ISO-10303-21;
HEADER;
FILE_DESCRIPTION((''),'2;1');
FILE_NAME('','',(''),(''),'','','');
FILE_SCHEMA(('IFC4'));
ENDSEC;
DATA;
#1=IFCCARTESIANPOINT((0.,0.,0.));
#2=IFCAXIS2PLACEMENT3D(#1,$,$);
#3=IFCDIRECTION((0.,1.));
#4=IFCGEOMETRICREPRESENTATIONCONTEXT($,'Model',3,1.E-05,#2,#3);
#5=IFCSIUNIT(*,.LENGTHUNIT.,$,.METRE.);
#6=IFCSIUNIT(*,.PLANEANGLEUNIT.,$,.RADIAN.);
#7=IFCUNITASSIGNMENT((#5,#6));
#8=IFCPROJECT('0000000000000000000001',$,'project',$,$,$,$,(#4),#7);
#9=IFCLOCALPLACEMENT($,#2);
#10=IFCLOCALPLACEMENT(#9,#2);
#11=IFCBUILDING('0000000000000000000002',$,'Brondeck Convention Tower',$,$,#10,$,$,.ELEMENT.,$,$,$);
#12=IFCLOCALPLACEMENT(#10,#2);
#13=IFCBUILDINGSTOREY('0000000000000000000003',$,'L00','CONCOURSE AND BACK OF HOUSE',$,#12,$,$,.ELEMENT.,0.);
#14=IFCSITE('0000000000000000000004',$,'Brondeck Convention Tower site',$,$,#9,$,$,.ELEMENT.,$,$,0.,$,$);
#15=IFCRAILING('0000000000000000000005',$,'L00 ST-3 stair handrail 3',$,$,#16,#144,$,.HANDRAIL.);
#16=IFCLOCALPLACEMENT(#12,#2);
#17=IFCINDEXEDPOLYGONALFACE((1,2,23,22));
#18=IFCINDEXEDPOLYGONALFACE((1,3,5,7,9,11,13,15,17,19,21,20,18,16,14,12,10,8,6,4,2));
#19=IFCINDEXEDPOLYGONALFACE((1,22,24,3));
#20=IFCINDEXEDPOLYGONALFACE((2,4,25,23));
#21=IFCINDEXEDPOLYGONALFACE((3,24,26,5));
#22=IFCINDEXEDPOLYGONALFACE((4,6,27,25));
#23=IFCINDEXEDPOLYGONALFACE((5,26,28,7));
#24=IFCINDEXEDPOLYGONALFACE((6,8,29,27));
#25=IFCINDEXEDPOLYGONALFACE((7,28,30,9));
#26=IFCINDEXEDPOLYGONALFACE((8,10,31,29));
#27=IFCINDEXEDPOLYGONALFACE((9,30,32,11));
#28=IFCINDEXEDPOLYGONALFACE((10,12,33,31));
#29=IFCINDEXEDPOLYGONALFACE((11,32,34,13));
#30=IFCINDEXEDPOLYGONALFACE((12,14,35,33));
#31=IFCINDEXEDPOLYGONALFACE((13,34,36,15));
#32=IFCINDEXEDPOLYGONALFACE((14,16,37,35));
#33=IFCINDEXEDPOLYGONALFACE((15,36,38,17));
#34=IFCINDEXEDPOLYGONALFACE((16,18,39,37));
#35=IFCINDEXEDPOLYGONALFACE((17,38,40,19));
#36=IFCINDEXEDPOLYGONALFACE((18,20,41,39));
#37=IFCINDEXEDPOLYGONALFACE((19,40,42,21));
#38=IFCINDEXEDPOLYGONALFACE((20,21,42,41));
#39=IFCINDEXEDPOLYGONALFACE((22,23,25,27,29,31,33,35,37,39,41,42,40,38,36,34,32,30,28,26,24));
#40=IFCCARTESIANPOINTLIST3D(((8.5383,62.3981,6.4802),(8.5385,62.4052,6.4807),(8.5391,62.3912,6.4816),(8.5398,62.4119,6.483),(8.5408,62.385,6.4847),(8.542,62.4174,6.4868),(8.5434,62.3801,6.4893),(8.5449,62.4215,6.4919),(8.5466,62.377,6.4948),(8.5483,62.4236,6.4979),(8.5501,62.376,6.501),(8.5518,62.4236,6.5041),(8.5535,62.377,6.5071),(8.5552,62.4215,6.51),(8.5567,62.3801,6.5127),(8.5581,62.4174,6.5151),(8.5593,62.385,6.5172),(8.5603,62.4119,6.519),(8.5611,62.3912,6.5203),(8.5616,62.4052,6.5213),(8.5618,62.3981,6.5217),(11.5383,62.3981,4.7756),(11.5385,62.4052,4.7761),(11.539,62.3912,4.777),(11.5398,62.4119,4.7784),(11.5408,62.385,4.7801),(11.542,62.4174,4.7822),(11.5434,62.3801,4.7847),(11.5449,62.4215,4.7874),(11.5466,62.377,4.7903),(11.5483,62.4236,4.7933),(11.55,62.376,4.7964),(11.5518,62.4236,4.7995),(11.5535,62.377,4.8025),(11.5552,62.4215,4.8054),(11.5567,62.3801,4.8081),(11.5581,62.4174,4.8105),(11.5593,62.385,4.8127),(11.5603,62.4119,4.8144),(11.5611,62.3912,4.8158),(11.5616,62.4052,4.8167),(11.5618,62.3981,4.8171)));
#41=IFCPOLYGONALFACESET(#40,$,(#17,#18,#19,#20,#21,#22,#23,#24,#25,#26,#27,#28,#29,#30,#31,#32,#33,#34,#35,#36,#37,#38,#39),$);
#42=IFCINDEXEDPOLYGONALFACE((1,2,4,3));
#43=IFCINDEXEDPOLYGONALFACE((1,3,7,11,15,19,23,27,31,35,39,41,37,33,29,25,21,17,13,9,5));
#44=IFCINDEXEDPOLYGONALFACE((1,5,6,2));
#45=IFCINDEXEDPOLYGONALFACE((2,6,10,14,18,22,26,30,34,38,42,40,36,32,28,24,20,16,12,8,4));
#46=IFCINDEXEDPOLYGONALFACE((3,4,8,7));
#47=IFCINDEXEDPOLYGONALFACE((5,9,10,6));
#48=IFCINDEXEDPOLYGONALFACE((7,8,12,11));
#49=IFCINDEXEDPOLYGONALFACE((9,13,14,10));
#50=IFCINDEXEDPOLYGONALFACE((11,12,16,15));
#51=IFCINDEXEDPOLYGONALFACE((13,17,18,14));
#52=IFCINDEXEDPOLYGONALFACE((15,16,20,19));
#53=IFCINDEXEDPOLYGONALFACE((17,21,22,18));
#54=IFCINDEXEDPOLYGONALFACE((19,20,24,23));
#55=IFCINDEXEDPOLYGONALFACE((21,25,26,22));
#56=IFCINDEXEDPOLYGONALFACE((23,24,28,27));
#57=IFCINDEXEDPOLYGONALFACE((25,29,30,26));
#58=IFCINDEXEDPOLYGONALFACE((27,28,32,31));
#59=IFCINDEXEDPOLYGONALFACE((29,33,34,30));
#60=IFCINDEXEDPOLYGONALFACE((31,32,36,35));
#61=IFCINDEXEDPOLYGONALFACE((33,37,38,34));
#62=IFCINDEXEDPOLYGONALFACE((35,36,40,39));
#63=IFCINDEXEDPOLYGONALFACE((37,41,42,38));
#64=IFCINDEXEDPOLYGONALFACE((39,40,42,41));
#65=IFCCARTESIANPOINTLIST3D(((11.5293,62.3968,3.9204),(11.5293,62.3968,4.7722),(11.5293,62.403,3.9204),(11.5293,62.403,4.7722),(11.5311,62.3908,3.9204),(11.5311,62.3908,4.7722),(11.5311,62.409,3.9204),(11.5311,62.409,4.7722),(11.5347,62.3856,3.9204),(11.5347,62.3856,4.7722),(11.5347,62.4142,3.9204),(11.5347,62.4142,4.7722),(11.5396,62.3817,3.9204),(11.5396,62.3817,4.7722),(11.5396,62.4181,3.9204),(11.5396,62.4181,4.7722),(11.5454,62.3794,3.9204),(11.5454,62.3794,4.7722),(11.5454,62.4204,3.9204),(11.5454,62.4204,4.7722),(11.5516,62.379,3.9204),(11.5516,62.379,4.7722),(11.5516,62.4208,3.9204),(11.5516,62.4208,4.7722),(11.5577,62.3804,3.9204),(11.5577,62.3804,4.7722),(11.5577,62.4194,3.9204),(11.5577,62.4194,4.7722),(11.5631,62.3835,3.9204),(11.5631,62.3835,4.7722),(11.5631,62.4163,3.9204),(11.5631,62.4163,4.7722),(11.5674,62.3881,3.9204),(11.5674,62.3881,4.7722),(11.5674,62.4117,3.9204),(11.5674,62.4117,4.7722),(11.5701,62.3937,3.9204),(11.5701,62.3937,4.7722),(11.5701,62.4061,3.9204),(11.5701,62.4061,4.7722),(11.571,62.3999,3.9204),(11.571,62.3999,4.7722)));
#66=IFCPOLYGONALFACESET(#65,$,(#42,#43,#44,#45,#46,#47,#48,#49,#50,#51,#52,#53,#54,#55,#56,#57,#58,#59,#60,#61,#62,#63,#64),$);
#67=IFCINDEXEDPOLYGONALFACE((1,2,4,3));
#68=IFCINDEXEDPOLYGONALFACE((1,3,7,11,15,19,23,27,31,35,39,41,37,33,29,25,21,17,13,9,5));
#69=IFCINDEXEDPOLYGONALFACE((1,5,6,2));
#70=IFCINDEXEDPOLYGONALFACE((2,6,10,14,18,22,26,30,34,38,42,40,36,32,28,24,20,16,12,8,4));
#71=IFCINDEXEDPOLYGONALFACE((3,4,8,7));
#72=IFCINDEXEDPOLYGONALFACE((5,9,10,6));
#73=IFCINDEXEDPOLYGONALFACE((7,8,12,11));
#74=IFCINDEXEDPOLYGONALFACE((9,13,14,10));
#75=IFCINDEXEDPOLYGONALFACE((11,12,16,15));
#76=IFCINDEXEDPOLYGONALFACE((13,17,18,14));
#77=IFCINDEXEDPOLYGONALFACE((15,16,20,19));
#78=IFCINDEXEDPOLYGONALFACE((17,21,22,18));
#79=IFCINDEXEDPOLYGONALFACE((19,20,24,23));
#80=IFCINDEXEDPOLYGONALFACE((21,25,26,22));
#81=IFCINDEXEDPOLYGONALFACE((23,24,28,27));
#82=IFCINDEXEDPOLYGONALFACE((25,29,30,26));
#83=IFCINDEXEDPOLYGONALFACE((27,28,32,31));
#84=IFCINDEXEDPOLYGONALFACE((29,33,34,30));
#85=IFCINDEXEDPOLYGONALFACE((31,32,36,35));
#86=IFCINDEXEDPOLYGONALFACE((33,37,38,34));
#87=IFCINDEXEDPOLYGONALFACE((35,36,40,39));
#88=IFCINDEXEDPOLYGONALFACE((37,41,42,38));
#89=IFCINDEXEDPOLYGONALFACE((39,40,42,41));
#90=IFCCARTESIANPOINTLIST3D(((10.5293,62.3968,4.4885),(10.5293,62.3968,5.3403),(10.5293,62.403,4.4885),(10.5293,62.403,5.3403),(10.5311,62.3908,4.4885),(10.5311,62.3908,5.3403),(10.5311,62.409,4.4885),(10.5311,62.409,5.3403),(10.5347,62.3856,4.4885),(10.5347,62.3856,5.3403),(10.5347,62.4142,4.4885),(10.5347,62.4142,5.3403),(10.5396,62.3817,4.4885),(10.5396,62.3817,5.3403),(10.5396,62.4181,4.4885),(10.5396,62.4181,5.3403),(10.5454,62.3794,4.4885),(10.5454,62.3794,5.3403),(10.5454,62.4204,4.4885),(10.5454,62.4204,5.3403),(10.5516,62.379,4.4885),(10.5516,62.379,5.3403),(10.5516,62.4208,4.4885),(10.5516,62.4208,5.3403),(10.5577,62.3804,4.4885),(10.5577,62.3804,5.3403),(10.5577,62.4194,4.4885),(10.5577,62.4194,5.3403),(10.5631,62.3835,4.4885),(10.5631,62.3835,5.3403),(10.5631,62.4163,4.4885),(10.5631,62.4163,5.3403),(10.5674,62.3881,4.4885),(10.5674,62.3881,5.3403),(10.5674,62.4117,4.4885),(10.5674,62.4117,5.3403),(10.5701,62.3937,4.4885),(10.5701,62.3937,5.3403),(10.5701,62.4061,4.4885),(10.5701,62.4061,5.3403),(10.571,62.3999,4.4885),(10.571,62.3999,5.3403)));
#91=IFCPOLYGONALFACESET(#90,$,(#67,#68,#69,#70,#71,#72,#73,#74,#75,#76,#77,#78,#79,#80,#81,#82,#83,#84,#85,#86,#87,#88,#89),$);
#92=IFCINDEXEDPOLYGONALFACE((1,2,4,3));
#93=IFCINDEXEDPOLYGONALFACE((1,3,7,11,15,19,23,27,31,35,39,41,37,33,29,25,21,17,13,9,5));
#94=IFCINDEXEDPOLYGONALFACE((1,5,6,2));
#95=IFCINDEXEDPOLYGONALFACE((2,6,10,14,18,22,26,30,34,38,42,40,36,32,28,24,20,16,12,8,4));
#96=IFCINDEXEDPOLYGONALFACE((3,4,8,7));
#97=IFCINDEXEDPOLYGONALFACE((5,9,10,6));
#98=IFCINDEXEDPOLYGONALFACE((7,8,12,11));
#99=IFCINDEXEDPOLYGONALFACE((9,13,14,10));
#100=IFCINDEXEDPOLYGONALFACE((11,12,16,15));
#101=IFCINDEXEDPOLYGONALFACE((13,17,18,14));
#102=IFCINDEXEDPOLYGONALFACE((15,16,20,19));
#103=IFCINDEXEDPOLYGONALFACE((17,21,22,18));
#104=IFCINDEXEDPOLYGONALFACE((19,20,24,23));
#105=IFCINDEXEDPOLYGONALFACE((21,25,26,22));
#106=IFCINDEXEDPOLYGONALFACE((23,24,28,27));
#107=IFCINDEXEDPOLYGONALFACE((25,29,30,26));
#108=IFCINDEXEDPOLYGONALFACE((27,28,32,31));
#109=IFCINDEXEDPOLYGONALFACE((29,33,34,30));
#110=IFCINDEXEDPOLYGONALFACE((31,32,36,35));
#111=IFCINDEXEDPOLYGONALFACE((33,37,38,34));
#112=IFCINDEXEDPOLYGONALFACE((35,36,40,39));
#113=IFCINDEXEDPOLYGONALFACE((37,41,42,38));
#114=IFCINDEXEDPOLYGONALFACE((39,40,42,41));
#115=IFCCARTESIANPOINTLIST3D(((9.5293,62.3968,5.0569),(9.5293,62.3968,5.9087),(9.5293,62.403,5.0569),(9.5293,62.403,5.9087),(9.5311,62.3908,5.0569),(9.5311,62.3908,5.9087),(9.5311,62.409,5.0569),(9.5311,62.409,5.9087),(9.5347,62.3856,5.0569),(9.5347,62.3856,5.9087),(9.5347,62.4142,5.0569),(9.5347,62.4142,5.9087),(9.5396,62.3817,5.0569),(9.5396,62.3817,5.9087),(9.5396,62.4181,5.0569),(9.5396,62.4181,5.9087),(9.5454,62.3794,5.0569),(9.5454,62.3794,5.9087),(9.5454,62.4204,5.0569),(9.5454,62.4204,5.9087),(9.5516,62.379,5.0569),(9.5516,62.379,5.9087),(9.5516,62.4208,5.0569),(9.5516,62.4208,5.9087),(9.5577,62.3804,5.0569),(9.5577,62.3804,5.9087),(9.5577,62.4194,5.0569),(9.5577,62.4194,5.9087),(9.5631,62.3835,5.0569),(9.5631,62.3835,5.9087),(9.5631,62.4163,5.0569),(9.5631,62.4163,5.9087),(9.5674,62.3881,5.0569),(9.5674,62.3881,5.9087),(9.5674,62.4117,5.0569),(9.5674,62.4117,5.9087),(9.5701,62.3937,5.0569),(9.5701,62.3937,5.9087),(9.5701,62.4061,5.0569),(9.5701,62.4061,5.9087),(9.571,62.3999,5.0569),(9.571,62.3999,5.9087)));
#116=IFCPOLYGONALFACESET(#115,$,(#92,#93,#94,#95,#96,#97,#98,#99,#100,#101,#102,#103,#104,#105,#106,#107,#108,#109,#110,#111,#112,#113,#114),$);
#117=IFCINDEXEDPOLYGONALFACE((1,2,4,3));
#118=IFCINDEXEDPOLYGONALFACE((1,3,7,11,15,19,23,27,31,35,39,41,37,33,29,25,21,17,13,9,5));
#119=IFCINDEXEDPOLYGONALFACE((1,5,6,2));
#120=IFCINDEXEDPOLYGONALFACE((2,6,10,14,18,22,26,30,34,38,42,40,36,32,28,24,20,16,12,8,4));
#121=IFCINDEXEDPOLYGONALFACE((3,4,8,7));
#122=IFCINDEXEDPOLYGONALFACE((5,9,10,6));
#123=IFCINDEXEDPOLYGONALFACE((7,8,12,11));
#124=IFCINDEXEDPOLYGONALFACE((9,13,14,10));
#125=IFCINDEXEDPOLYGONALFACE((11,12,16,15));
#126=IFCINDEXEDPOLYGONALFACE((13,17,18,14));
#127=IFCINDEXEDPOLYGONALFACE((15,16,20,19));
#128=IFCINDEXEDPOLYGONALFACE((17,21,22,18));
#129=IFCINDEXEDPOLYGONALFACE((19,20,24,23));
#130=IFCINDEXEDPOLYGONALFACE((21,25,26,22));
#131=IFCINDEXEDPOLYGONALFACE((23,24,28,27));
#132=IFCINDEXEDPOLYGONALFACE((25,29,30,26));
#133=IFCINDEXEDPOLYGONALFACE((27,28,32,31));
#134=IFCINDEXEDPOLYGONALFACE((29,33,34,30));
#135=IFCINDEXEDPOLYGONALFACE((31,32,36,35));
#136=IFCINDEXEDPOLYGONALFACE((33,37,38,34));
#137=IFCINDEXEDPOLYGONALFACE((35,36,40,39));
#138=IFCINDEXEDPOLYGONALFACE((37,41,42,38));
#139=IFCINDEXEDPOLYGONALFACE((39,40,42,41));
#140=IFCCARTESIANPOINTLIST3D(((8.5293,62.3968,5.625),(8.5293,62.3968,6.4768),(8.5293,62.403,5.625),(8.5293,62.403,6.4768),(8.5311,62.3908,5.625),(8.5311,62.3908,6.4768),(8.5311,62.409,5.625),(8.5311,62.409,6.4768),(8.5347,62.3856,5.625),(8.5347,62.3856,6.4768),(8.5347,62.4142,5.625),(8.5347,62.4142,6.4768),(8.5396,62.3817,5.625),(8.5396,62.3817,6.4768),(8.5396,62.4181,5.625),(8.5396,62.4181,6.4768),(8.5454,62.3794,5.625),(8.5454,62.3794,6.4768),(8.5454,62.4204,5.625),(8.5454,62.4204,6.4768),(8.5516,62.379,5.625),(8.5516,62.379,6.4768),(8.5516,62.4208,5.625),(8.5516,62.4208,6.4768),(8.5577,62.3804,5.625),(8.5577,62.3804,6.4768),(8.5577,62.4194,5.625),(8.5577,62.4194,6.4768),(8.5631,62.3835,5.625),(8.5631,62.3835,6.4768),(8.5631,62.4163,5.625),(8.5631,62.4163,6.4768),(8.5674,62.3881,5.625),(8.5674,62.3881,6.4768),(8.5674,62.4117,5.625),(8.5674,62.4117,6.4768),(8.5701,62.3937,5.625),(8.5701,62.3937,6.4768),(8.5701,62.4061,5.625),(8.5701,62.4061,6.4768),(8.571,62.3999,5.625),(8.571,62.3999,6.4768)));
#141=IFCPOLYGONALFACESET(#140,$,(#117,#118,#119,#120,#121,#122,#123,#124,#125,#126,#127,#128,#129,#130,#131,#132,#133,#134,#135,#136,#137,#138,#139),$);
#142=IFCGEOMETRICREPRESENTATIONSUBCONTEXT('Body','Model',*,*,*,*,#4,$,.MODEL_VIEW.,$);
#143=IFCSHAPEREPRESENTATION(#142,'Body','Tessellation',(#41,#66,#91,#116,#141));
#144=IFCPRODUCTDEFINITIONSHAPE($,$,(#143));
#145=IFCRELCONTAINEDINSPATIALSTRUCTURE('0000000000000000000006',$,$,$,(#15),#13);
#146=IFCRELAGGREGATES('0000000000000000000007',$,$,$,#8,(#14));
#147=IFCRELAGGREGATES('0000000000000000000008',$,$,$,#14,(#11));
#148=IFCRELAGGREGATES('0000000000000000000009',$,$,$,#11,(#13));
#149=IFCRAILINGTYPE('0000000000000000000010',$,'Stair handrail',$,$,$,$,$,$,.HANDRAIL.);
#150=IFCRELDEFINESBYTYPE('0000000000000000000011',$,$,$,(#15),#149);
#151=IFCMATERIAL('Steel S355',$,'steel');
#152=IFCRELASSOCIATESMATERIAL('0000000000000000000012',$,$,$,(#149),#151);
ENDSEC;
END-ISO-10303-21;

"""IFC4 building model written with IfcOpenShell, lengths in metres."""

from ifc_helpers import new_model, si_unit, direction, frame, origin, origin_2d, place, context, subcontext, project, spatial, circle, extrude, material, type_object, element, save


model = new_model("IFC4")

# Units and contexts
model_context = context("Model", 3, precision=1e-05, world=origin(), true_north=direction((0.0, 1.0)))
body_context = subcontext(model_context, "Body", "Model", "MODEL_VIEW")
ifc_project = project(units=[si_unit("LENGTHUNIT", "METRE"), si_unit("PLANEANGLEUNIT", "RADIAN")], contexts=[model_context])

# Site, building, storey
site_placement = place(None, origin())
site = spatial("IfcSite", under=ifc_project, at=site_placement, Name="Brondeck Convention Tower site", CompositionType="ELEMENT", RefElevation=0.0)
building_placement = place(site_placement, origin())
building = spatial("IfcBuilding", under=site, at=building_placement, Name="Brondeck Convention Tower", CompositionType="ELEMENT")
storey_placement = place(building_placement, origin())
storey = spatial("IfcBuildingStorey", under=building, at=storey_placement, Name="L00", Description="CONCOURSE AND BACK OF HOUSE", CompositionType="ELEMENT", Elevation=0.0)

# Shared definitions
ifc_material_1 = material(Name="Steel S355", Category="steel")

# Railing
railing_type_1 = type_object("IfcRailingType", Name="Stair handrail", PredefinedType="HANDRAIL", material=ifc_material_1)
for number, where, name in (
    (1, (11.55, 62.3999, 3.9204), "L00 ST-3 stair handrail 3"),
):
    element("IfcRailing", number, at=place(storey_placement, frame(where)), inside=storey, type_object=railing_type_1, Name=name, PredefinedType="HANDRAIL", context=body_context, shape_type="SweptSolid", body=[
        extrude(circle(Radius=0.0239, at=origin_2d()), frame((0.0, 0.0, 0.876), z_axis=(-0.869451, 0.0, 0.494019), x_axis=(0.0, -1.0, 0.0)), (0.0, 0.0, 1.0), 3.4504),
        extrude(circle(Radius=0.021, at=origin_2d()), origin(), (0.0, 0.0, 1.0), 0.8518),
        extrude(circle(Radius=0.021, at=origin_2d()), frame((-1.0, 0.0, 0.5681)), (0.0, 0.0, 1.0), 0.8518),
        extrude(circle(Radius=0.021, at=origin_2d()), frame((-2.0, 0.0, 1.1365)), (0.0, 0.0, 1.0), 0.8518),
        extrude(circle(Radius=0.021, at=origin_2d()), frame((-3.0, 0.0, 1.7046)), (0.0, 0.0, 1.0), 0.8518),
    ])

save(model, "model.ifc")
